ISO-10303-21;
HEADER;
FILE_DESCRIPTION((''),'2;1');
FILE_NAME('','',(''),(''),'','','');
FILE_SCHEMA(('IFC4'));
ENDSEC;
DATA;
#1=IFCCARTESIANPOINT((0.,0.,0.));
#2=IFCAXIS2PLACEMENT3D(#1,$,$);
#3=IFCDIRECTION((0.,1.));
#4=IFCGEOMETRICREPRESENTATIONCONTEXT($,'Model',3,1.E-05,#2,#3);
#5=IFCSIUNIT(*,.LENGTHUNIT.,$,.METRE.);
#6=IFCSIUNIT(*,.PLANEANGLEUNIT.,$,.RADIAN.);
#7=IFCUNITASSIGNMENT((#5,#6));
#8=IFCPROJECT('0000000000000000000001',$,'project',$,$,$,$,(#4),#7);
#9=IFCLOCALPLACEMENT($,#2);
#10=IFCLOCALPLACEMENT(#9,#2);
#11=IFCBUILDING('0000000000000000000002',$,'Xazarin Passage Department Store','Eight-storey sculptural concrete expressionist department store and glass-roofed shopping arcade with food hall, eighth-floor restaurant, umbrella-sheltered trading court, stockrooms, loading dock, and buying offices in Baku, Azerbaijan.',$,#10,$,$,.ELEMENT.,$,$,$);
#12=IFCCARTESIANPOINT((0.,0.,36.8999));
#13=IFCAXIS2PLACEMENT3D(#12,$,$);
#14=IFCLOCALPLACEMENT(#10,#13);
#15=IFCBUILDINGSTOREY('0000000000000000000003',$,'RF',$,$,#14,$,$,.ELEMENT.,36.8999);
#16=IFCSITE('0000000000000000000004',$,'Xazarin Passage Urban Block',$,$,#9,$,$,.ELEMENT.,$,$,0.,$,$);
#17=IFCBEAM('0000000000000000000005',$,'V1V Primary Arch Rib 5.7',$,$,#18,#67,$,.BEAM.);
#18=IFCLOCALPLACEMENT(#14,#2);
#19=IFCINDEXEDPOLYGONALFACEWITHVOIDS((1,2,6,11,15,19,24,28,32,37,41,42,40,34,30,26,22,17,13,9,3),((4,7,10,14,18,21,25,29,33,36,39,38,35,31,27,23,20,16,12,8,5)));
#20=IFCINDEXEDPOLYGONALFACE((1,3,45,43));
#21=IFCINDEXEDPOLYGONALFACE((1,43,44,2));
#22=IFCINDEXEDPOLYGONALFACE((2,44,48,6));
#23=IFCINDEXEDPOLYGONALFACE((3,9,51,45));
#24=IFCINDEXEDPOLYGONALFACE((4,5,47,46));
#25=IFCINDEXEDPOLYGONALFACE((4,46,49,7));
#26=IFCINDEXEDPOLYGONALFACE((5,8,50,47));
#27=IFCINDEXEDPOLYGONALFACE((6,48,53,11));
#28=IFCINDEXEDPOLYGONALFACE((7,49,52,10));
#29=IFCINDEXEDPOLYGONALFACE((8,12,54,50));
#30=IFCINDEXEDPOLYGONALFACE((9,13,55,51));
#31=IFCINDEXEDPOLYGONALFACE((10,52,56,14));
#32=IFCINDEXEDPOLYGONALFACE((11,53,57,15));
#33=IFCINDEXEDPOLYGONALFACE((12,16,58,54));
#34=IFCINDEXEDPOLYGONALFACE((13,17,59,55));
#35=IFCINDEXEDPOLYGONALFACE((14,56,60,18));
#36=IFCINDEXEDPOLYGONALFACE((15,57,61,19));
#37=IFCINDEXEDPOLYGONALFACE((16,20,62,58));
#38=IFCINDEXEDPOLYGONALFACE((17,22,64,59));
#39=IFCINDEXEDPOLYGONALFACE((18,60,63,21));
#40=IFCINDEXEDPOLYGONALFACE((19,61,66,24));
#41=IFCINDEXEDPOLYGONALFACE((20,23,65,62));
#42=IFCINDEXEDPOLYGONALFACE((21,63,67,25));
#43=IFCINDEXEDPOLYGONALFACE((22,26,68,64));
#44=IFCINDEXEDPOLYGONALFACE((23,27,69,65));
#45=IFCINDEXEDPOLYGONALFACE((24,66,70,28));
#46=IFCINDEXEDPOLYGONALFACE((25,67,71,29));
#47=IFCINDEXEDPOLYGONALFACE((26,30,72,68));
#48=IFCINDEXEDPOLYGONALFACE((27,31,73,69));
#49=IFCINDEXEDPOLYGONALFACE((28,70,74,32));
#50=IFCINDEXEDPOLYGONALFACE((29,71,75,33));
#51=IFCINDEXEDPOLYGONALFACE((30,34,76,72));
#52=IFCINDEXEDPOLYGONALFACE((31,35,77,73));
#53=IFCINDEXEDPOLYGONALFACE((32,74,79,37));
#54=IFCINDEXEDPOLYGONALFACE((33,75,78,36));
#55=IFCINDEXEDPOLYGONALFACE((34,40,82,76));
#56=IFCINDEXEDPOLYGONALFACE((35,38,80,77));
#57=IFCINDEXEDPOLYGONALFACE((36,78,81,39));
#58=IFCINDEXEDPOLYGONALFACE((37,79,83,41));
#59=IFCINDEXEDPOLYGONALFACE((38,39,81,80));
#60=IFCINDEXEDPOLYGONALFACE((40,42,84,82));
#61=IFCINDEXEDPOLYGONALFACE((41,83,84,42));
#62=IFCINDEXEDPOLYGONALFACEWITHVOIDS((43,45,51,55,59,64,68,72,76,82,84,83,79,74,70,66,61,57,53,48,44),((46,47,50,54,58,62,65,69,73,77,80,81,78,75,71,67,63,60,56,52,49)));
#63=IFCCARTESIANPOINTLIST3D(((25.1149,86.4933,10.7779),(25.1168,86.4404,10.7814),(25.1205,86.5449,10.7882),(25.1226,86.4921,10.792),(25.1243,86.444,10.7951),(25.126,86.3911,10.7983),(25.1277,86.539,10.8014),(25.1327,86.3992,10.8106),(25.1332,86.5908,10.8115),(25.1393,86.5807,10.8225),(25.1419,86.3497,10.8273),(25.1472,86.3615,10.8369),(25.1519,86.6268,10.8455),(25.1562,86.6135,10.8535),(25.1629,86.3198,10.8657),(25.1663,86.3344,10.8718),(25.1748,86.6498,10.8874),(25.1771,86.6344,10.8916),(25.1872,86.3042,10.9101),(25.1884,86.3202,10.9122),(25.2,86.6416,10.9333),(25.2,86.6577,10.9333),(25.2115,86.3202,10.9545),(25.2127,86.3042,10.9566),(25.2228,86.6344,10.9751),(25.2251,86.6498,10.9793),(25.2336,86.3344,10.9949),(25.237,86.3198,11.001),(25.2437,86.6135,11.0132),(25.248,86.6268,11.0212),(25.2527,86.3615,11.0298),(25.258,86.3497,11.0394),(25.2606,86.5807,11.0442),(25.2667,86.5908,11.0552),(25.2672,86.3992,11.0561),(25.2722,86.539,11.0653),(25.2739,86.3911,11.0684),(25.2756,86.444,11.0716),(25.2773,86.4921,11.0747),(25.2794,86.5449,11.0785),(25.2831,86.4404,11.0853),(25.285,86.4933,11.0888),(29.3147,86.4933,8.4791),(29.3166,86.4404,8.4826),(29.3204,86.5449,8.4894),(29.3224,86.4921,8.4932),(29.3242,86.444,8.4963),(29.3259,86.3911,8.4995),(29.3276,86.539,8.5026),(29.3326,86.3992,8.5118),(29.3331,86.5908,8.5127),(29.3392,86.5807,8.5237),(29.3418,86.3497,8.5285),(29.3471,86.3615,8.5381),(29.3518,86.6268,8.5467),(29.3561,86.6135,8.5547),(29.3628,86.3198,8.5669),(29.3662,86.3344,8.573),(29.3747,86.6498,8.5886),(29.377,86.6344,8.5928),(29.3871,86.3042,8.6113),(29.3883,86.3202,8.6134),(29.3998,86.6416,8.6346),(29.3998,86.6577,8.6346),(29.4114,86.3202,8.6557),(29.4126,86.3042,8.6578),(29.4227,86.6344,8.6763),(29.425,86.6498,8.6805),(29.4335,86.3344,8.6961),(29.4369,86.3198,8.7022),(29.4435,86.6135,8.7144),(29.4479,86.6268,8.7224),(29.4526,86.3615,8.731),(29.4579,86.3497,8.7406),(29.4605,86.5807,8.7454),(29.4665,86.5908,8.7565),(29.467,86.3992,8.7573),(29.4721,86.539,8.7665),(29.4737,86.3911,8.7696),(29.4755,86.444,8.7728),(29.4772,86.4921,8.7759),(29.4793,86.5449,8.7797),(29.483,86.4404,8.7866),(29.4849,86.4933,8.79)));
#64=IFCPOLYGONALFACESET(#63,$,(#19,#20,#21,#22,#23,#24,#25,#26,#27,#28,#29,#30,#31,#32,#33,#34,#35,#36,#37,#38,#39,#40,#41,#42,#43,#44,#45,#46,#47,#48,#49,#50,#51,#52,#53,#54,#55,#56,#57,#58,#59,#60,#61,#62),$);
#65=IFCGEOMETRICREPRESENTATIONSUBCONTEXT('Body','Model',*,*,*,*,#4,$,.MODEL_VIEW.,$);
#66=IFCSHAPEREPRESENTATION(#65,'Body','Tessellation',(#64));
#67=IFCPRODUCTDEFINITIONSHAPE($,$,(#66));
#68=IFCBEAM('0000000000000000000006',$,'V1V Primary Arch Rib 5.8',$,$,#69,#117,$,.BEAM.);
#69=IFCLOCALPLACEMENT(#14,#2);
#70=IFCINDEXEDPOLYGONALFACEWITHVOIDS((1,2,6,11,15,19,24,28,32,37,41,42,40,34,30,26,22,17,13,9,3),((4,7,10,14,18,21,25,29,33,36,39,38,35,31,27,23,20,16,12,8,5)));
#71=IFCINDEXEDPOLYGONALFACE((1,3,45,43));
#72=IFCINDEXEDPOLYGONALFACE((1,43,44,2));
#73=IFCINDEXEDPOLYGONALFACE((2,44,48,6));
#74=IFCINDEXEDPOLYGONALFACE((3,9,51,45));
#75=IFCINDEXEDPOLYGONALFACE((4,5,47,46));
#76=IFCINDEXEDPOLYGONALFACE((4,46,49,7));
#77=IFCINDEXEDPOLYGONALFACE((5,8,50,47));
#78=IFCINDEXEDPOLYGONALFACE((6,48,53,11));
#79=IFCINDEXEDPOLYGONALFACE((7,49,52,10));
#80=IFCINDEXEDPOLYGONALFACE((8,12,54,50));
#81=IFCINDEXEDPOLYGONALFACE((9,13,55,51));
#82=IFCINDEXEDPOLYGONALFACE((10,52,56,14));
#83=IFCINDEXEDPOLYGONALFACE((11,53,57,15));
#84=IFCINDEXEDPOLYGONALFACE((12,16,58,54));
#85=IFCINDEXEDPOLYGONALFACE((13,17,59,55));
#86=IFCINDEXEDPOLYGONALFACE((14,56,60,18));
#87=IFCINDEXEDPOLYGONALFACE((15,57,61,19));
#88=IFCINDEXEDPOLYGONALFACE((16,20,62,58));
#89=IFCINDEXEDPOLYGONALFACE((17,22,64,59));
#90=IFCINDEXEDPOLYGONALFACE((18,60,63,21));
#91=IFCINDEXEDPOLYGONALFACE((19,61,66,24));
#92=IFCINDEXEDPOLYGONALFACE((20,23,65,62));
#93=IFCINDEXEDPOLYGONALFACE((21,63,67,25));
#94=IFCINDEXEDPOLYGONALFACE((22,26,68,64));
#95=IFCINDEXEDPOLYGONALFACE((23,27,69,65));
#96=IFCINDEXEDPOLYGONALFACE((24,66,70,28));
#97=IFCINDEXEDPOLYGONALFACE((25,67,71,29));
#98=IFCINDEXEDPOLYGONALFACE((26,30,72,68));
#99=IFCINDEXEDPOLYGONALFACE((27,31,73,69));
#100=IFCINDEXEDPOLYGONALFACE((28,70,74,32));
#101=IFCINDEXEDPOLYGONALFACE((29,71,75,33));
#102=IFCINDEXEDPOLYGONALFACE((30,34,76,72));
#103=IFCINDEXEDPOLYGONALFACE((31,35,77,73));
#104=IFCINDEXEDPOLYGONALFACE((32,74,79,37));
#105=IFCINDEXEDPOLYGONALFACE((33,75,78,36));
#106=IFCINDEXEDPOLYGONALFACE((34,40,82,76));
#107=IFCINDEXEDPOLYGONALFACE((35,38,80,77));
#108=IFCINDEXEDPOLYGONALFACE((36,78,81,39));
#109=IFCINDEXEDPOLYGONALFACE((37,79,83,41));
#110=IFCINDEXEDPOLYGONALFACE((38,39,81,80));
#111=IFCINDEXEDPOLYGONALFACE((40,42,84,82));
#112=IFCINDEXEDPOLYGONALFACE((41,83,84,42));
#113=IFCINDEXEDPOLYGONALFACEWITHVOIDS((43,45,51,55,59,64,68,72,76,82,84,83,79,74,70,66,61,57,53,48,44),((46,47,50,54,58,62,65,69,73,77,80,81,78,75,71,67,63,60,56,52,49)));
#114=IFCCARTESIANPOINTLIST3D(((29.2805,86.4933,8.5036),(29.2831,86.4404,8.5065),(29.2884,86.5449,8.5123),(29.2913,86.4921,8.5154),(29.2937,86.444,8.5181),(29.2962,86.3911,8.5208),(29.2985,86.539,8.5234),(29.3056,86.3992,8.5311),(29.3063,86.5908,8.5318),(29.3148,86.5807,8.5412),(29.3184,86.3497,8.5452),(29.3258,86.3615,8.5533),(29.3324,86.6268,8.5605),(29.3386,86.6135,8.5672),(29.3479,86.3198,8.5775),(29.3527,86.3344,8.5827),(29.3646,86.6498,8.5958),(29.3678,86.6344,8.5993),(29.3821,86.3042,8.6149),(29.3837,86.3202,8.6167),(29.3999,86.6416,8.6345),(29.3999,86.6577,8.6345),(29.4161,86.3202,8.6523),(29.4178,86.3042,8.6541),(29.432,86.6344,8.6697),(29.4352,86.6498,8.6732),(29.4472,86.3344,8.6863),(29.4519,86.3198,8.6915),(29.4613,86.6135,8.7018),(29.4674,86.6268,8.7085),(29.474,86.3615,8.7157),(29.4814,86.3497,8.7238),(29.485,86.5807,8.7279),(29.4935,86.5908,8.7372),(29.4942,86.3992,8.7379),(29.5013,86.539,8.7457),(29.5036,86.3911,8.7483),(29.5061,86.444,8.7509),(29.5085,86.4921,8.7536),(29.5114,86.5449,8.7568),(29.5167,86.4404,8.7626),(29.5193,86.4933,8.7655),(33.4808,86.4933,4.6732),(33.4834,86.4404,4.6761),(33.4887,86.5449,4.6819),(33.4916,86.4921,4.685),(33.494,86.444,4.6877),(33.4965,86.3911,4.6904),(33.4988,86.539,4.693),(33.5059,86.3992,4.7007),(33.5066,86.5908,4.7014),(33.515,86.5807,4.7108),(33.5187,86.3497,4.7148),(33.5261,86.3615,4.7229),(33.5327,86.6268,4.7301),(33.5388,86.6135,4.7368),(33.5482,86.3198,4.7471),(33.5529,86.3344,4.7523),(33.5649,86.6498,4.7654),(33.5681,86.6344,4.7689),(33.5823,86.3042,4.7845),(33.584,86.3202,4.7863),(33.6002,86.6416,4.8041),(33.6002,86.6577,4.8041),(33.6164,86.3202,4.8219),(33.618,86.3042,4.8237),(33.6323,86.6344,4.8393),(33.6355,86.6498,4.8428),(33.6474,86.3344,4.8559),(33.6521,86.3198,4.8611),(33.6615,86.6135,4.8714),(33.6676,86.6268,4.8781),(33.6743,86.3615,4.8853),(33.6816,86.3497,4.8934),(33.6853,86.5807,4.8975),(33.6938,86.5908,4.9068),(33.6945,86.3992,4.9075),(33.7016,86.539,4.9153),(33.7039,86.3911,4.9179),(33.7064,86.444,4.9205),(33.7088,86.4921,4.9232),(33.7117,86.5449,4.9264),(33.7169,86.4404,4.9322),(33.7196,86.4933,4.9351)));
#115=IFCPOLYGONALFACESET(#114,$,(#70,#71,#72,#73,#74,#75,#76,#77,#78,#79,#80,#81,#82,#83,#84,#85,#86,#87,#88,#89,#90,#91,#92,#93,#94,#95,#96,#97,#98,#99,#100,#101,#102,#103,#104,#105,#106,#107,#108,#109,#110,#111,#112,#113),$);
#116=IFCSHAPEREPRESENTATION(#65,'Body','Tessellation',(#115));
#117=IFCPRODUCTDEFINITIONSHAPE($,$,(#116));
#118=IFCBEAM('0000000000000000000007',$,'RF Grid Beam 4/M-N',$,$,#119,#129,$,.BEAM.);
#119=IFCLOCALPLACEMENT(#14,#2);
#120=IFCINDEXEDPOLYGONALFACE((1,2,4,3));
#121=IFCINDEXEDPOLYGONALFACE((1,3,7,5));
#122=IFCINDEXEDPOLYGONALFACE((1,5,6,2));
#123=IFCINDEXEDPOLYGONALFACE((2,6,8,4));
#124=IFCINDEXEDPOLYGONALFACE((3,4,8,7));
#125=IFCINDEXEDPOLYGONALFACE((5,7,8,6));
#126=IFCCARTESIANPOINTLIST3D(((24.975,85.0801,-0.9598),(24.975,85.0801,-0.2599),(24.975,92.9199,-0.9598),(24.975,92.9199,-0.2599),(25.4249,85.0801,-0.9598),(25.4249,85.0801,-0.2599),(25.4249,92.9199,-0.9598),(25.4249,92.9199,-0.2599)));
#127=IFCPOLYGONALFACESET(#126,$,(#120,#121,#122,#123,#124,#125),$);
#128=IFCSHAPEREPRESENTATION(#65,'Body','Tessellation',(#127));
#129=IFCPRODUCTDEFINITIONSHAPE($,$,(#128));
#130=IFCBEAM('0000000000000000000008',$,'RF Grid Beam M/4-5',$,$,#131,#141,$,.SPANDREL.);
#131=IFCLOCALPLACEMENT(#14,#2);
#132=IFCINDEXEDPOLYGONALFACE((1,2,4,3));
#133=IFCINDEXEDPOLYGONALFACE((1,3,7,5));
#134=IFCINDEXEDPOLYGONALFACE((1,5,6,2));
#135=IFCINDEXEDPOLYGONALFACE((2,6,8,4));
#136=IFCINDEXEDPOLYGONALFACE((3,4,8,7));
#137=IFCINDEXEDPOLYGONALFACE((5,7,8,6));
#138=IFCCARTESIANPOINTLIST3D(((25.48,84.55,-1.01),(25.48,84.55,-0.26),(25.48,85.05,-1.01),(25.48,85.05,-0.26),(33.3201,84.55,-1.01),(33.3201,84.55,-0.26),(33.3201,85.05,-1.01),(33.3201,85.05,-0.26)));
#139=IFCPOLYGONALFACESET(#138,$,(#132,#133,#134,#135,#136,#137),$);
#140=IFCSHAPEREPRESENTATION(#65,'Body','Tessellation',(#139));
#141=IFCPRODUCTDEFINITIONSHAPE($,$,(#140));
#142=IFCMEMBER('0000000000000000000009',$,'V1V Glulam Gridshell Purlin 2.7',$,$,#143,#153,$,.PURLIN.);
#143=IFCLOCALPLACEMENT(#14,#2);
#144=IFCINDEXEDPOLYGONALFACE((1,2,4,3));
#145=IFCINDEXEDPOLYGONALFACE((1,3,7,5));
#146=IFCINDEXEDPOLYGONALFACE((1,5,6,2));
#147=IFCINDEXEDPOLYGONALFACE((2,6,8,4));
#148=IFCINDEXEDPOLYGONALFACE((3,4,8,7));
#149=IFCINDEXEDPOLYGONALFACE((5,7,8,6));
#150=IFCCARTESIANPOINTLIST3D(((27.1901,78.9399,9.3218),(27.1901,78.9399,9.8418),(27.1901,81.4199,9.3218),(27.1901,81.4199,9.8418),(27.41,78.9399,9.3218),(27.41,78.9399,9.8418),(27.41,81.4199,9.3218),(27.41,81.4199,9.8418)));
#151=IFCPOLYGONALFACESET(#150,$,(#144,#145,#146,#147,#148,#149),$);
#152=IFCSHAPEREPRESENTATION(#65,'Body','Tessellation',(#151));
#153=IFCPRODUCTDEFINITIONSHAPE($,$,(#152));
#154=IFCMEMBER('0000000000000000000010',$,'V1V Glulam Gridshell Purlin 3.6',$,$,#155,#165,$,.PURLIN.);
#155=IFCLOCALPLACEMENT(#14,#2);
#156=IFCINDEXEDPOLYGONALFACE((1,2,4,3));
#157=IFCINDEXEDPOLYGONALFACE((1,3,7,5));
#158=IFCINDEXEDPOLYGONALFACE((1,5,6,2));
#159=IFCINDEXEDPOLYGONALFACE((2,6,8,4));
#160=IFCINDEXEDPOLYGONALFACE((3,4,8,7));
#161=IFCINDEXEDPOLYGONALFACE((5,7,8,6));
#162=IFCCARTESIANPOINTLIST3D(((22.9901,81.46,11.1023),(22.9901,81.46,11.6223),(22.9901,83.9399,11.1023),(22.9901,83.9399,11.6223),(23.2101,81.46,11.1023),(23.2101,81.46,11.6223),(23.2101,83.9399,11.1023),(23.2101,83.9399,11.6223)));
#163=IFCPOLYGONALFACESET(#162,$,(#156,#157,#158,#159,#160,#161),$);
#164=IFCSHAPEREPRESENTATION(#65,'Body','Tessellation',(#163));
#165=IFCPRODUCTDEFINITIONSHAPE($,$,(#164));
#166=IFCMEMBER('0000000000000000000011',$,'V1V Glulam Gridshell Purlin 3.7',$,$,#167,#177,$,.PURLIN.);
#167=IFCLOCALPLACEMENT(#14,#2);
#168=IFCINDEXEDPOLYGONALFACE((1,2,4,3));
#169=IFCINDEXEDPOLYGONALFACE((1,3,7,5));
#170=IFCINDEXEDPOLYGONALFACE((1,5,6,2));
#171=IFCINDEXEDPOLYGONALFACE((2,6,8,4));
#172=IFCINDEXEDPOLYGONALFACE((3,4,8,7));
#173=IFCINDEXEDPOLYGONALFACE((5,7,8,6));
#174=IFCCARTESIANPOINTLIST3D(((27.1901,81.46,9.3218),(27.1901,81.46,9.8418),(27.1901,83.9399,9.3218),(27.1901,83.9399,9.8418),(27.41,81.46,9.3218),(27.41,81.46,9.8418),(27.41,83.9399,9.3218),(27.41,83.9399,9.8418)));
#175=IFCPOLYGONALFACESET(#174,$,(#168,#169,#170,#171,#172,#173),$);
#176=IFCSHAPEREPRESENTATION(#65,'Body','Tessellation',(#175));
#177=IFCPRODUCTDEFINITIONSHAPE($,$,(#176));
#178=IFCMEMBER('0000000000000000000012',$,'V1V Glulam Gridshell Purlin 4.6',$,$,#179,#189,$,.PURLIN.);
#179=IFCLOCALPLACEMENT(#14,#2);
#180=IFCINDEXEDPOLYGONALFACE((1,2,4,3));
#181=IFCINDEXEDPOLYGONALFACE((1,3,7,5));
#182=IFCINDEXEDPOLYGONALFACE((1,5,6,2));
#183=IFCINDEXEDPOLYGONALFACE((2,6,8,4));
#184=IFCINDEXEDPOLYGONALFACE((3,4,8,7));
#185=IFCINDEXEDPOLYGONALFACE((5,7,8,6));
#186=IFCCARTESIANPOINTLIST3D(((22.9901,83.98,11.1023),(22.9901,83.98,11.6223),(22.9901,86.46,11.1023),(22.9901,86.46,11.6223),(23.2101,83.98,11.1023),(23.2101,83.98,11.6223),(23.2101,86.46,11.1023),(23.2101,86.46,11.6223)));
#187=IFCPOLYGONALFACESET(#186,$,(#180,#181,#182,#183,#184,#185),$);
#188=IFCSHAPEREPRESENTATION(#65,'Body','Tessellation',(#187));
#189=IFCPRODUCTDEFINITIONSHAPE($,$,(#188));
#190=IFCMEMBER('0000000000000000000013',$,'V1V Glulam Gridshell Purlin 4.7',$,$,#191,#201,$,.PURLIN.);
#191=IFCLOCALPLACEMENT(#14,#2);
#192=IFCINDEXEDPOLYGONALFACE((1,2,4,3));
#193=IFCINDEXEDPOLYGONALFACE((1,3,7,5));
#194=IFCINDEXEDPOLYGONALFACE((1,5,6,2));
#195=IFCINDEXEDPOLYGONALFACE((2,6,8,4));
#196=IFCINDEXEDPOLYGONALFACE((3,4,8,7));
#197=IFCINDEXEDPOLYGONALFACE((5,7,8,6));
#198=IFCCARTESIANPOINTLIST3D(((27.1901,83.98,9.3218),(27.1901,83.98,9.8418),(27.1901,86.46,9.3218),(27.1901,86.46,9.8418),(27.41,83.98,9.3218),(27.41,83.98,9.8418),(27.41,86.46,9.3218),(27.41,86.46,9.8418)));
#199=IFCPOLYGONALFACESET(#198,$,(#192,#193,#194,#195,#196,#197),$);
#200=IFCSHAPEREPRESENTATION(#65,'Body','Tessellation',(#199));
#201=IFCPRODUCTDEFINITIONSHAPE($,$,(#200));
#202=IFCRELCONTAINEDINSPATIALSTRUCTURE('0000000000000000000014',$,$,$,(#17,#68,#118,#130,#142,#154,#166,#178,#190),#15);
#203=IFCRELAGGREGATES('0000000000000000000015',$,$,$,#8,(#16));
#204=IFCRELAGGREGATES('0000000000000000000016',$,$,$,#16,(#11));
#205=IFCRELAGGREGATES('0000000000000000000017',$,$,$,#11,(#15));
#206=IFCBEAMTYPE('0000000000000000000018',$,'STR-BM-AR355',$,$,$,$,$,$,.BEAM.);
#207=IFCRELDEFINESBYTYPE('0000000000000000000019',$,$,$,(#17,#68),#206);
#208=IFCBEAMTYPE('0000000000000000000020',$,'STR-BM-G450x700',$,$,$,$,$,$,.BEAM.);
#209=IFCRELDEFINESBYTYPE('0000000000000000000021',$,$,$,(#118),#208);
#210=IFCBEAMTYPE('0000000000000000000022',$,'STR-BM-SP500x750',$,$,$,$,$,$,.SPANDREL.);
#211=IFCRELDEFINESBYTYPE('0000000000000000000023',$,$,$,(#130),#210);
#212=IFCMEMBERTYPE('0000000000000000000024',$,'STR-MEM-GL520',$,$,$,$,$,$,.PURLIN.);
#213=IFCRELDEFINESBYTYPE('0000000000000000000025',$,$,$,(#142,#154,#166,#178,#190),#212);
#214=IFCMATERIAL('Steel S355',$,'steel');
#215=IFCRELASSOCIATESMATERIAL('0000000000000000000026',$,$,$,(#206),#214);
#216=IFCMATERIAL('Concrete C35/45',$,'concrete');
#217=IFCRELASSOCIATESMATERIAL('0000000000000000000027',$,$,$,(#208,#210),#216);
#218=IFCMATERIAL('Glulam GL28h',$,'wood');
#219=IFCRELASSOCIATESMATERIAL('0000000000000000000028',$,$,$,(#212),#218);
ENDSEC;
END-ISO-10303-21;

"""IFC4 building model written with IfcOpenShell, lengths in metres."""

from ifc_helpers import new_model, si_unit, direction, frame, origin, origin_2d, place, context, subcontext, project, spatial, rectangle, hollow_circle, extrude, material, material_profile, profile_set, type_object, element, save


model = new_model("IFC4")

# Units and contexts
model_context = context("Model", 3, precision=1e-05, world=origin(), true_north=direction((0.0, 1.0)))
body_context = subcontext(model_context, "Body", "Model", "MODEL_VIEW")
ifc_project = project(units=[si_unit("LENGTHUNIT", "METRE"), si_unit("PLANEANGLEUNIT", "RADIAN")], contexts=[model_context])

# Site, building, storey
site_placement = place(None, origin())
site = spatial("IfcSite", under=ifc_project, at=site_placement, Name="Xazarin Passage Urban Block", CompositionType="ELEMENT", RefElevation=0.0)
building_placement = place(site_placement, origin())
building = spatial("IfcBuilding", under=site, at=building_placement, Name="Xazarin Passage Department Store", Description="Eight-storey sculptural concrete expressionist department store and glass-roofed shopping arcade with food hall, eighth-floor restaurant, umbrella-sheltered trading court, stockrooms, loading dock, and buying offices in Baku, Azerbaijan.", CompositionType="ELEMENT")
storey_placement = place(building_placement, frame((0.0, 0.0, 36.8999)))
storey = spatial("IfcBuildingStorey", under=building, at=storey_placement, Name="RF", CompositionType="ELEMENT", Elevation=36.8999)

# Beams
ifc_material_1 = material(Name="Steel S355", Category="steel")
ifc_material_profile_1 = material_profile(ifc_material_1, hollow_circle(Radius=0.1777, WallThickness=0.0161, at=origin_2d()), Name="CHS 355.6x16")
ifc_profile_set_1 = profile_set([ifc_material_profile_1], Name="Steel S355")
beam_type_1 = type_object("IfcBeamType", Name="STR-BM-AR355", PredefinedType="BEAM", material=ifc_profile_set_1)
beam_1_placement = place(storey_placement, frame((25.2, 86.48, 10.9333), z_axis=(0.877197, 0.0, -0.480131), x_axis=(0.0, 1.0, 0.0)))
element("IfcBeam", 1, at=beam_1_placement, inside=storey, type_object=beam_type_1, Name="V1V Primary Arch Rib 5.7", PredefinedType="BEAM", context=body_context, shape_type="SweptSolid", body=[
    extrude(hollow_circle(Radius=0.1777, WallThickness=0.0161, at=origin_2d()), origin(), (0.0, 0.0, 1.0), 4.7878),
])
beam_2_placement = place(storey_placement, frame((29.3999, 86.48, 8.6345), z_axis=(0.738892, 0.0, -0.673824), x_axis=(0.0, 1.0, 0.0)))
element("IfcBeam", 2, at=beam_2_placement, inside=storey, type_object=beam_type_1, Name="V1V Primary Arch Rib 5.8", PredefinedType="BEAM", context=body_context, shape_type="SweptSolid", body=[
    extrude(hollow_circle(Radius=0.1777, WallThickness=0.0161, at=origin_2d()), origin(), (0.0, 0.0, 1.0), 5.6846),
])
ifc_material_2 = material(Name="Concrete C35/45", Category="concrete")
ifc_material_profile_2 = material_profile(ifc_material_2, rectangle(XDim=0.45, YDim=0.7, at=origin_2d()), Name="RC 450x700")
ifc_profile_set_2 = profile_set([ifc_material_profile_2], Name="Concrete C35/45")
beam_type_2 = type_object("IfcBeamType", Name="STR-BM-G450x700", PredefinedType="BEAM", material=ifc_profile_set_2)
beam_3_placement = place(storey_placement, frame((25.2, 85.0801, -0.6099), z_axis=(0.0, 1.0, 0.0), x_axis=(-1.0, 0.0, 0.0)))
element("IfcBeam", 3, at=beam_3_placement, inside=storey, type_object=beam_type_2, Name="RF Grid Beam 4/M-N", PredefinedType="BEAM", context=body_context, shape_type="SweptSolid", body=[
    extrude(rectangle(XDim=0.45, YDim=0.7, at=origin_2d()), origin(), (0.0, 0.0, 1.0), 7.8398),
])
ifc_material_profile_3 = material_profile(ifc_material_2, rectangle(XDim=0.5, YDim=0.75, at=origin_2d()), Name="RC 500x750")
ifc_profile_set_3 = profile_set([ifc_material_profile_3], Name="Concrete C35/45")
beam_type_3 = type_object("IfcBeamType", Name="STR-BM-SP500x750", PredefinedType="SPANDREL", material=ifc_profile_set_3)
beam_4_placement = place(storey_placement, frame((25.48, 84.8, -0.635), z_axis=(1.0, 0.0, 0.0), x_axis=(0.0, 1.0, 0.0)))
element("IfcBeam", 4, at=beam_4_placement, inside=storey, type_object=beam_type_3, Name="RF Grid Beam M/4-5", PredefinedType="SPANDREL", context=body_context, shape_type="SweptSolid", body=[
    extrude(rectangle(XDim=0.5, YDim=0.75, at=origin_2d()), origin(), (0.0, 0.0, 1.0), 7.8401),
])

# Members
ifc_material_3 = material(Name="Glulam GL28h", Category="wood")
ifc_material_profile_4 = material_profile(ifc_material_3, rectangle(XDim=0.22, YDim=0.52, at=origin_2d()), Name="GL28h 220x520")
ifc_profile_set_4 = profile_set([ifc_material_profile_4], Name="Glulam GL28h")
member_type = type_object("IfcMemberType", Name="STR-MEM-GL520", PredefinedType="PURLIN", material=ifc_profile_set_4)
for number, where, z_axis, x_axis, name in (
    (5, (27.3, 78.9399, 9.5818), (0.0, 1.0, 0.0), (-1.0, 0.0, 0.0), "V1V Glulam Gridshell Purlin 2.7"),
    (6, (23.1001, 81.46, 11.3623), (0.0, 1.0, 0.0), (-1.0, 0.0, 0.0), "V1V Glulam Gridshell Purlin 3.6"),
    (7, (27.3, 81.46, 9.5818), (0.0, 1.0, 0.0), (-1.0, 0.0, 0.0), "V1V Glulam Gridshell Purlin 3.7"),
    (8, (23.1001, 83.98, 11.3623), (0.0, 1.0, 0.0), (-1.0, 0.0, 0.0), "V1V Glulam Gridshell Purlin 4.6"),
    (9, (27.3, 83.98, 9.5818), (0.0, 1.0, 0.0), (-1.0, 0.0, 0.0), "V1V Glulam Gridshell Purlin 4.7"),
):
    element("IfcMember", number, at=place(storey_placement, frame(where, z_axis=z_axis, x_axis=x_axis)), inside=storey, type_object=member_type, Name=name, PredefinedType="PURLIN", context=body_context, shape_type="SweptSolid", body=[
        extrude(rectangle(XDim=0.22, YDim=0.52, at=origin_2d()), origin(), (0.0, 0.0, 1.0), 2.48),
    ])

save(model, "model.ifc")
